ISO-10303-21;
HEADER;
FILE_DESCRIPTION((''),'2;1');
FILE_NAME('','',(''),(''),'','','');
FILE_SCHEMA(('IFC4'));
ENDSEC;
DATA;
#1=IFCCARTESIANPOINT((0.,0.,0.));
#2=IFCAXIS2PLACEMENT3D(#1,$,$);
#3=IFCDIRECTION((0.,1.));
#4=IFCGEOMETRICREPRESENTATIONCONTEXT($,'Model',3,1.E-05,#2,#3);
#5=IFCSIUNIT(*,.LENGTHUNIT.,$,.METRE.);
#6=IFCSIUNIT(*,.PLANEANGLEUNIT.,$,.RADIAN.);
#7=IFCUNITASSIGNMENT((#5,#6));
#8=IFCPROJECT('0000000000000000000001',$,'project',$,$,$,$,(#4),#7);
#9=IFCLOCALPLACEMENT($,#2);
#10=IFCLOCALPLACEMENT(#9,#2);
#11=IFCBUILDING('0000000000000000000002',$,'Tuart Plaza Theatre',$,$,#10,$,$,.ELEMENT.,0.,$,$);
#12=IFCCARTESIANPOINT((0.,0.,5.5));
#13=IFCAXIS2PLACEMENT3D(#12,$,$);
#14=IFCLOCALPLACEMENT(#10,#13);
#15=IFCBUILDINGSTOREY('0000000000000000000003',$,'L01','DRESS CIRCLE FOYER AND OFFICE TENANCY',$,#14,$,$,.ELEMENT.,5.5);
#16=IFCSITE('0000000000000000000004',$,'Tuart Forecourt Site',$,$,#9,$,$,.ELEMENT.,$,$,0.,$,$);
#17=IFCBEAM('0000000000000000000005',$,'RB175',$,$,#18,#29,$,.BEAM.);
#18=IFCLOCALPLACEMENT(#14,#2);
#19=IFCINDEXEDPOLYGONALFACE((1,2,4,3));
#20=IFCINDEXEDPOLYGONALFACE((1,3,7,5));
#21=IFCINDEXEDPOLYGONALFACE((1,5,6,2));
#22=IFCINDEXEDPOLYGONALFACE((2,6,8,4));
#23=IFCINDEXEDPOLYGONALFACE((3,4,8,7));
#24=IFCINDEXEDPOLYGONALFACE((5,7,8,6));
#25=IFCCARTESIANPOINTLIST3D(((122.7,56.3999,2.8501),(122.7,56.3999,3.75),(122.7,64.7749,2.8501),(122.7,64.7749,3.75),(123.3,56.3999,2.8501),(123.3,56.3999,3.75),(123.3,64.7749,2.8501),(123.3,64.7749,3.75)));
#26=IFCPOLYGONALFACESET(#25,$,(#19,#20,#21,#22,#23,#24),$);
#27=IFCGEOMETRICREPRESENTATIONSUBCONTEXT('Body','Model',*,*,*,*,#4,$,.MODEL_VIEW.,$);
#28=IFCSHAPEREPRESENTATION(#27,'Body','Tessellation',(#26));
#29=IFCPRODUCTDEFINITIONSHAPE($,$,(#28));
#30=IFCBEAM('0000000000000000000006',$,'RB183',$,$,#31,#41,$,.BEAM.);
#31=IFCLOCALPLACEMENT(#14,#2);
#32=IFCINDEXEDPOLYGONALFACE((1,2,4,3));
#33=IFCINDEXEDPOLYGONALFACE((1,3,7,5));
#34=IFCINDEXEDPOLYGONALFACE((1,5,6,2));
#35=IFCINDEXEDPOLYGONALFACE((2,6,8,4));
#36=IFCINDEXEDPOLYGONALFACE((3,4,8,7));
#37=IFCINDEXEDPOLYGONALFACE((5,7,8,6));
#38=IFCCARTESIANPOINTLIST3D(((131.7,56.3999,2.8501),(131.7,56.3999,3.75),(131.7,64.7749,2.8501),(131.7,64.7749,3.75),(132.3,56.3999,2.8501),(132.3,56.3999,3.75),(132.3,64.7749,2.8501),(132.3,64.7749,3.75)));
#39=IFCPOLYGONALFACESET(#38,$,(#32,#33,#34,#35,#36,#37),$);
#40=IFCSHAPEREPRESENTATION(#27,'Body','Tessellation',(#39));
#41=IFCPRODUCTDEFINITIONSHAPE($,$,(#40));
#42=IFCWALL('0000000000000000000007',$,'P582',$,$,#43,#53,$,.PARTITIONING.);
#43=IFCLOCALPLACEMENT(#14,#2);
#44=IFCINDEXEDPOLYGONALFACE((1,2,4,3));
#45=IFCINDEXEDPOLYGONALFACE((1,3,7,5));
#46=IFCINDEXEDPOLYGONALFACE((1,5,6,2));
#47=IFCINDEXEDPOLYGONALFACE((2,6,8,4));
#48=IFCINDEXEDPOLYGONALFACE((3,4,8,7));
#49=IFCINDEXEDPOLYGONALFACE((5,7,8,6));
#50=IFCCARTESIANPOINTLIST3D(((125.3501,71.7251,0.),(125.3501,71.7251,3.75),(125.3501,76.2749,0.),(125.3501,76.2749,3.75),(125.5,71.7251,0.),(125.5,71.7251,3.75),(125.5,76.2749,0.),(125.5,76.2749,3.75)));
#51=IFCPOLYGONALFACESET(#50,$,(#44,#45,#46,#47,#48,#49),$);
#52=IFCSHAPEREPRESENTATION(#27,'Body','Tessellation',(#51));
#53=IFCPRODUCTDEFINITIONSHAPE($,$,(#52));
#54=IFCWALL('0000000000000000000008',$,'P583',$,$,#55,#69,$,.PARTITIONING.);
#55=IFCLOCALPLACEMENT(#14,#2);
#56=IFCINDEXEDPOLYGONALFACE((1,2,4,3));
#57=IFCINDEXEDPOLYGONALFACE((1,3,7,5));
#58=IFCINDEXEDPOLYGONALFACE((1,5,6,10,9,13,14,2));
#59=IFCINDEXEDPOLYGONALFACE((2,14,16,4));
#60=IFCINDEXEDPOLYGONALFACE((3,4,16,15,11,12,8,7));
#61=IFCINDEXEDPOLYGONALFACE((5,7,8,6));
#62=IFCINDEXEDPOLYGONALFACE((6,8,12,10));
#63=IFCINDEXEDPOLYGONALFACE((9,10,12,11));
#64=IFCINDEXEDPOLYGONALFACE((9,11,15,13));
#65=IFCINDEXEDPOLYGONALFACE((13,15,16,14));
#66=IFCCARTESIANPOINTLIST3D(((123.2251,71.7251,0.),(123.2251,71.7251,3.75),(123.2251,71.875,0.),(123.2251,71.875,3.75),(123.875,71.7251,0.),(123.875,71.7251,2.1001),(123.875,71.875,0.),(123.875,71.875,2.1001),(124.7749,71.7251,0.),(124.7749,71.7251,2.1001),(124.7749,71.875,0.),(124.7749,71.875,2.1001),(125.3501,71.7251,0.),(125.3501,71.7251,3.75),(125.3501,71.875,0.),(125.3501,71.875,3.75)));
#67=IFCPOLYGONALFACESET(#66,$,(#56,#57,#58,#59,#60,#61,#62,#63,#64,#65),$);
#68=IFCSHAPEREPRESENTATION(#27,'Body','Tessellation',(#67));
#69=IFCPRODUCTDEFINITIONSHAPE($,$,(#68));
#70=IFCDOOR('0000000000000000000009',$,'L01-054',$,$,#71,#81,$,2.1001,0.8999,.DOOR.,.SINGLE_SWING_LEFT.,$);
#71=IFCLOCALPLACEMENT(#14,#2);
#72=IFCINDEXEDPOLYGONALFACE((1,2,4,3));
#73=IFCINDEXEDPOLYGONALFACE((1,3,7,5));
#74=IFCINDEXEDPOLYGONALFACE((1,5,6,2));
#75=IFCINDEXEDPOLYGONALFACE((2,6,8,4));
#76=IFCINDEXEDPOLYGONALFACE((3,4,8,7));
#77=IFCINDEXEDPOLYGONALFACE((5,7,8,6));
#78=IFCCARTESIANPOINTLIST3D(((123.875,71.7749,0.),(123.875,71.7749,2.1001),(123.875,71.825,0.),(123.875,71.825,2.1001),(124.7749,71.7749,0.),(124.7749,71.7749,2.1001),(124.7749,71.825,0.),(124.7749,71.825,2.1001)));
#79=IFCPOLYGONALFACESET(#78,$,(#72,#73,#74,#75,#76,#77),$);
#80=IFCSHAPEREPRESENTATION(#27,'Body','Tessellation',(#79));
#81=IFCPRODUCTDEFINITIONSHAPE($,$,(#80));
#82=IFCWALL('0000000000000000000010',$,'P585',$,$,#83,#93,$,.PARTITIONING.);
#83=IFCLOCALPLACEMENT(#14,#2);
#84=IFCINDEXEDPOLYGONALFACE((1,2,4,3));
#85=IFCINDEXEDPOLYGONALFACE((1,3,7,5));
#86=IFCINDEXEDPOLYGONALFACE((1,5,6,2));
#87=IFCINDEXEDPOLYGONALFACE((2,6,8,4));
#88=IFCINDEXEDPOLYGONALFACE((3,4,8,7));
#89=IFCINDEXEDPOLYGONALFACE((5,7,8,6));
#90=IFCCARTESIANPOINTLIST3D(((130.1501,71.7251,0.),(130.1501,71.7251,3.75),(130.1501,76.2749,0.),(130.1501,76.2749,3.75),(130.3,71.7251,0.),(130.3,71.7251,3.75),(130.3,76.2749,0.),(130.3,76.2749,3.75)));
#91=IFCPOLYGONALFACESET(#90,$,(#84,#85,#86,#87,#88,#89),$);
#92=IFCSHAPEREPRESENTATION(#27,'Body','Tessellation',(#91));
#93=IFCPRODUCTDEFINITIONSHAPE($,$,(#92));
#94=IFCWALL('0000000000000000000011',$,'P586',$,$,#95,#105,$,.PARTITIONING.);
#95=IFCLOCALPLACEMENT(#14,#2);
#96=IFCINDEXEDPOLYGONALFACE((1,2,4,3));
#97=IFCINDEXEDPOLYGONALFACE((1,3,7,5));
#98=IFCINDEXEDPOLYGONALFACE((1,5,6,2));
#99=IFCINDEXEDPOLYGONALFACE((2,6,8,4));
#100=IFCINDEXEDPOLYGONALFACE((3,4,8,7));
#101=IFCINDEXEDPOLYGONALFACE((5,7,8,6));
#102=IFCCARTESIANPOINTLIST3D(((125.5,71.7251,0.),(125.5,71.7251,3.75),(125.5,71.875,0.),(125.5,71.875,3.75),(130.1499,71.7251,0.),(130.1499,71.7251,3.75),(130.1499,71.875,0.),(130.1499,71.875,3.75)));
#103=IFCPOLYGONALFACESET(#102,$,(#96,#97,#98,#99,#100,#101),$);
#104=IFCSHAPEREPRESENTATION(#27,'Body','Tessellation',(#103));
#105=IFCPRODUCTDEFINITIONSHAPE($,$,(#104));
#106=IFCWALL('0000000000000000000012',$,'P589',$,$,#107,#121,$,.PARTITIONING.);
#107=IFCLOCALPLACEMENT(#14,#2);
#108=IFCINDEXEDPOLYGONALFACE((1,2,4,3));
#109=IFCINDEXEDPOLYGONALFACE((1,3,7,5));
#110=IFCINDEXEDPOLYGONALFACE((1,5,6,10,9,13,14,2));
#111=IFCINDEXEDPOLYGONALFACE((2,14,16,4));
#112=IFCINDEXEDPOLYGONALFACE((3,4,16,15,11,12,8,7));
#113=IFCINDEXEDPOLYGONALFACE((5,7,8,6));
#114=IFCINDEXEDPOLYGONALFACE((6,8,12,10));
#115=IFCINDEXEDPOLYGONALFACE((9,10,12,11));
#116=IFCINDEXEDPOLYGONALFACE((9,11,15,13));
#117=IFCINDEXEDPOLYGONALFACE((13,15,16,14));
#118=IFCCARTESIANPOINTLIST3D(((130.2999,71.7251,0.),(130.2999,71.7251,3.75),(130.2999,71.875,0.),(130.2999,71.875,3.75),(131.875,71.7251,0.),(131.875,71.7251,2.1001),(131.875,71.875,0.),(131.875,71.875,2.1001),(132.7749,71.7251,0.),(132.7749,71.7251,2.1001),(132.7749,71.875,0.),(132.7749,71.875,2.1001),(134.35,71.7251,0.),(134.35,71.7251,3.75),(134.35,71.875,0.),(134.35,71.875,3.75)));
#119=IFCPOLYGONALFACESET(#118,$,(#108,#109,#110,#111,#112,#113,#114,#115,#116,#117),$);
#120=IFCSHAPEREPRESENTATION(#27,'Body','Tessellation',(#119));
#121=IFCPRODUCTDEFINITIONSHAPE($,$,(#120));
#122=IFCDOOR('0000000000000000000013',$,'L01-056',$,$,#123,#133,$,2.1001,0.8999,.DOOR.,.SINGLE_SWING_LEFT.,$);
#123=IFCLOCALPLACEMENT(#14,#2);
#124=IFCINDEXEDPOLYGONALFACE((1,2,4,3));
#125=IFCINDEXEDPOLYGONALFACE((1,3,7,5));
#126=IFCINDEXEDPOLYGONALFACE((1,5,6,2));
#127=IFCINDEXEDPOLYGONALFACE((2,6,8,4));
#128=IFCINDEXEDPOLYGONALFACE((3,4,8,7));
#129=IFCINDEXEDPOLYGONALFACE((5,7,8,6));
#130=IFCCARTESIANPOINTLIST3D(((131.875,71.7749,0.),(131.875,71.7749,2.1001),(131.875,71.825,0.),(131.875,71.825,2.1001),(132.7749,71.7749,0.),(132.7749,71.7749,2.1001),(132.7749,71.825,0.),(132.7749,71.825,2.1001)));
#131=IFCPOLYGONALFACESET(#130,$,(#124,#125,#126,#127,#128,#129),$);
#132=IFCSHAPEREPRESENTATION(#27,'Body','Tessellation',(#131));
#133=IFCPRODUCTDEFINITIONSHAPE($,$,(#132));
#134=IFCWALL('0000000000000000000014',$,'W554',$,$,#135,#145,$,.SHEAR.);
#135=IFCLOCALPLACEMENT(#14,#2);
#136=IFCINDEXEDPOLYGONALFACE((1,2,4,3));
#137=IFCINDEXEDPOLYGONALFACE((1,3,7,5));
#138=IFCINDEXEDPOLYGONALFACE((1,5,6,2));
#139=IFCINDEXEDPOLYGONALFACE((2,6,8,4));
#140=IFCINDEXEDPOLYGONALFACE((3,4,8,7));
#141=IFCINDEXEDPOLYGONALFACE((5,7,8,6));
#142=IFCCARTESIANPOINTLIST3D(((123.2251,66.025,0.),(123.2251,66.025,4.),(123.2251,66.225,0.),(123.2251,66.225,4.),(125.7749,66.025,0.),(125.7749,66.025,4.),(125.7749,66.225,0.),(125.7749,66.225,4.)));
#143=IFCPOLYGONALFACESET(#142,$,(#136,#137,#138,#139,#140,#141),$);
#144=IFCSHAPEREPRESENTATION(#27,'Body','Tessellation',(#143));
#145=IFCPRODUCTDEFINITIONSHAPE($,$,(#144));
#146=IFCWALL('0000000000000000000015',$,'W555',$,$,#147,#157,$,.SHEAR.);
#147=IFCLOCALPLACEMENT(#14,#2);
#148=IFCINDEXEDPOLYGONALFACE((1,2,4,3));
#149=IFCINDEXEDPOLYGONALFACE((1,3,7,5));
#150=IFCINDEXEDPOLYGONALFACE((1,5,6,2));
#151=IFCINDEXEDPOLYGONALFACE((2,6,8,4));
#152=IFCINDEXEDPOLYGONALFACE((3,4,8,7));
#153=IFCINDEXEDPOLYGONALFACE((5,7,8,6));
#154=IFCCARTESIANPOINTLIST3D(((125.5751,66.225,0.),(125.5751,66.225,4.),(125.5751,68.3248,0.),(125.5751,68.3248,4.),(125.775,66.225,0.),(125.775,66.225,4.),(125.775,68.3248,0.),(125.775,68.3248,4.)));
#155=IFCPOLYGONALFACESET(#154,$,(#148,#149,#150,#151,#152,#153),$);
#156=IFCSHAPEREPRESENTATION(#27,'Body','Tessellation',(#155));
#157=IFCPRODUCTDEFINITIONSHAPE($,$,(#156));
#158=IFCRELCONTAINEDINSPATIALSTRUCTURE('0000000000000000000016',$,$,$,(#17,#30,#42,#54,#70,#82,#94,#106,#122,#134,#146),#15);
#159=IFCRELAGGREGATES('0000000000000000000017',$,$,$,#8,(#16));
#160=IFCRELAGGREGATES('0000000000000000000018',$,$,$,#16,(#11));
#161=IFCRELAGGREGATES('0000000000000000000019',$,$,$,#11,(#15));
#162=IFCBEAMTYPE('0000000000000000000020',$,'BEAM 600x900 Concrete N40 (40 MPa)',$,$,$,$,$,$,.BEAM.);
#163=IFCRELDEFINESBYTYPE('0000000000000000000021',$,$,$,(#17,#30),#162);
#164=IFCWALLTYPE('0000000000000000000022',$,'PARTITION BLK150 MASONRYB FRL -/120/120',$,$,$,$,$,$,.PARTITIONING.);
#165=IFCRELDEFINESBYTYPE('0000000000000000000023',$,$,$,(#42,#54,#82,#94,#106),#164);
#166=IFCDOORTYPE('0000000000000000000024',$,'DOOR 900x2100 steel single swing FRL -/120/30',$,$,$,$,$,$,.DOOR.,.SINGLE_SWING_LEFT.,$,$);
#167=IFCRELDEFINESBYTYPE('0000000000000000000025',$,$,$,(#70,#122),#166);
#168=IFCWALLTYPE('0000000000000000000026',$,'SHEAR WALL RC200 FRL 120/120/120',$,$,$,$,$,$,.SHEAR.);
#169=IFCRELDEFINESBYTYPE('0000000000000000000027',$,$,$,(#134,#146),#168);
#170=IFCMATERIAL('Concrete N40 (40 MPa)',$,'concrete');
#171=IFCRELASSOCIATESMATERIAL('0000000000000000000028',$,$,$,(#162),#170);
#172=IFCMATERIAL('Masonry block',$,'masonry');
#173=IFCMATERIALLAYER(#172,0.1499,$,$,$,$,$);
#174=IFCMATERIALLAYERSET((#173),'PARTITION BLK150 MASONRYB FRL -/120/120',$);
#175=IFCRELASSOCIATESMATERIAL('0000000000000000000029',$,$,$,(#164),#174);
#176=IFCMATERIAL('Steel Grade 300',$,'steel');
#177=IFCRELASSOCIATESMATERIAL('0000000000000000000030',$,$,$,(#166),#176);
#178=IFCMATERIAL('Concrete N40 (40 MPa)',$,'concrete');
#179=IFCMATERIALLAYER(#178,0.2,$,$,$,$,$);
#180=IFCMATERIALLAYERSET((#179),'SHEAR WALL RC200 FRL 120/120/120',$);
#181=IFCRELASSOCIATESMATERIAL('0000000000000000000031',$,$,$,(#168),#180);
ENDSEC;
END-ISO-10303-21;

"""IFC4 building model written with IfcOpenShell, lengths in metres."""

from ifc_helpers import new_model, si_unit, direction, frame, frame_2d, origin, origin_2d, place, context, subcontext, project, spatial, rectangle, extrude, material, layer, layer_set, material_profile, profile_set, type_object, element, fill, save


model = new_model("IFC4")

# Units and contexts
model_context = context("Model", 3, precision=1e-05, world=origin(), true_north=direction((0.0, 1.0)))
body_context = subcontext(model_context, "Body", "Model", "MODEL_VIEW")
ifc_project = project(units=[si_unit("LENGTHUNIT", "METRE"), si_unit("PLANEANGLEUNIT", "RADIAN")], contexts=[model_context])

# Site, building, storey
site_placement = place(None, origin())
site = spatial("IfcSite", under=ifc_project, at=site_placement, Name="Tuart Forecourt Site", CompositionType="ELEMENT", RefElevation=0.0)
building_placement = place(site_placement, origin())
building = spatial("IfcBuilding", under=site, at=building_placement, Name="Tuart Plaza Theatre", CompositionType="ELEMENT", ElevationOfRefHeight=0.0)
storey_placement = place(building_placement, frame((0.0, 0.0, 5.5)))
storey = spatial("IfcBuildingStorey", under=building, at=storey_placement, Name="L01", Description="DRESS CIRCLE FOYER AND OFFICE TENANCY", CompositionType="ELEMENT", Elevation=5.5)

# Beams
ifc_material_1 = material(Name="Concrete N40 (40 MPa)", Category="concrete")
ifc_material_profile = material_profile(ifc_material_1, rectangle(XDim=0.6001, YDim=0.8999, at=origin_2d()), Name="BEAM 600x900 Concrete N40 (40 MPa)")
ifc_profile_set = profile_set([ifc_material_profile], Name="Concrete N40 (40 MPa)")
beam_type = type_object("IfcBeamType", Name="BEAM 600x900 Concrete N40 (40 MPa)", PredefinedType="BEAM", material=ifc_profile_set)
for number, where, z_axis, x_axis, name in (
    (1, (123.0, 56.3999, 3.3), (0.0, 1.0, 0.0), (-1.0, 0.0, 0.0), "RB175"),
    (2, (132.0, 56.3999, 3.3), (0.0, 1.0, 0.0), (-1.0, 0.0, 0.0), "RB183"),
):
    element("IfcBeam", number, at=place(storey_placement, frame(where, z_axis=z_axis, x_axis=x_axis)), inside=storey, type_object=beam_type, Name=name, PredefinedType="BEAM", context=body_context, shape_type="SweptSolid", body=[
        extrude(rectangle(XDim=0.6001, YDim=0.8999, at=origin_2d()), origin(), (0.0, 0.0, 1.0), 8.375),
    ])

# Wall
ifc_material_2 = material(Name="Masonry block", Category="masonry")
ifc_layer_1 = layer(ifc_material_2, 0.1499)
ifc_layer_set_1 = layer_set([ifc_layer_1], Name="PARTITION BLK150 MASONRYB FRL -/120/120")
wall_type_1 = type_object("IfcWallType", Name="PARTITION BLK150 MASONRYB FRL -/120/120", PredefinedType="PARTITIONING", material=ifc_layer_set_1)
wall_1_placement = place(storey_placement, frame((125.425, 71.7251, 0.0), z_axis=(0.0, 0.0, 1.0), x_axis=(0.0, 1.0, 0.0)))
element("IfcWall", 3, at=wall_1_placement, inside=storey, type_object=wall_type_1, Name="P582", PredefinedType="PARTITIONING", context=body_context, shape_type="SweptSolid", body=[
    extrude(rectangle(XDim=4.5498, YDim=0.1499, at=frame_2d((2.2749, 0.0))), origin(), (0.0, 0.0, 1.0), 3.75),
])

# Wall, opening, door
wall_2_placement = place(storey_placement, frame((123.2251, 71.8, 0.0), z_axis=(0.0, 0.0, 1.0), x_axis=(1.0, 0.0, 0.0)))
wall_2 = element("IfcWall", 4, at=wall_2_placement, inside=storey, type_object=wall_type_1, Name="P583", PredefinedType="PARTITIONING", context=body_context, shape_type="SweptSolid", body=[
    extrude(rectangle(XDim=2.125, YDim=0.1499, at=frame_2d((1.0625, 0.0))), origin(), (0.0, 0.0, 1.0), 3.75),
])
opening_1_placement = place(wall_2_placement, frame((0.6499, 0.0, 0.0)))
opening_1 = element("IfcOpeningElement", 5, at=opening_1_placement, cuts=wall_2, PredefinedType="OPENING", context=body_context, shape_type="SweptSolid", body=[
    extrude(rectangle(XDim=0.8999, YDim=2.1001, at=frame_2d((0.45, 1.05))), frame((0.0, 0.085, 0.0), z_axis=(0.0, -1.0, 0.0), x_axis=(1.0, 0.0, 0.0)), (0.0, 0.0, 1.0), 0.1699),
])
ifc_material_3 = material(Name="Steel Grade 300", Category="steel")
door_type_1 = type_object("IfcDoorType", Name="DOOR 900x2100 steel single swing FRL -/120/30", OperationType="SINGLE_SWING_LEFT", PredefinedType="DOOR", material=ifc_material_3)
door_1_placement = place(opening_1_placement, origin())
door_1 = element("IfcDoor", 6, at=door_1_placement, inside=storey, type_object=door_type_1, Name="L01-054", OperationType="SINGLE_SWING_LEFT", OverallHeight=2.1001, OverallWidth=0.8999, PredefinedType="DOOR", context=body_context, shape_type="SweptSolid", body=[
    extrude(rectangle(XDim=0.8999, YDim=2.1001, at=frame_2d((0.45, 1.05))), frame((0.0, 0.0249, 0.0), z_axis=(0.0, -1.0, 0.0), x_axis=(1.0, 0.0, 0.0)), (0.0, 0.0, 1.0), 0.05),
])
fill(opening_1, door_1)

# Walls
wall_3_placement = place(storey_placement, frame((130.2251, 71.7251, 0.0), z_axis=(0.0, 0.0, 1.0), x_axis=(0.0, 1.0, 0.0)))
element("IfcWall", 7, at=wall_3_placement, inside=storey, type_object=wall_type_1, Name="P585", PredefinedType="PARTITIONING", context=body_context, shape_type="SweptSolid", body=[
    extrude(rectangle(XDim=4.5498, YDim=0.1499, at=frame_2d((2.2749, 0.0))), origin(), (0.0, 0.0, 1.0), 3.75),
])
wall_4_placement = place(storey_placement, frame((125.5, 71.8, 0.0), z_axis=(0.0, 0.0, 1.0), x_axis=(1.0, 0.0, 0.0)))
element("IfcWall", 8, at=wall_4_placement, inside=storey, type_object=wall_type_1, Name="P586", PredefinedType="PARTITIONING", context=body_context, shape_type="SweptSolid", body=[
    extrude(rectangle(XDim=4.6499, YDim=0.1499, at=frame_2d((2.325, 0.0))), origin(), (0.0, 0.0, 1.0), 3.75),
])

# Wall, opening, door
wall_5_placement = place(storey_placement, frame((130.3, 71.8, 0.0), z_axis=(0.0, 0.0, 1.0), x_axis=(1.0, 0.0, 0.0)))
wall_5 = element("IfcWall", 9, at=wall_5_placement, inside=storey, type_object=wall_type_1, Name="P589", PredefinedType="PARTITIONING", context=body_context, shape_type="SweptSolid", body=[
    extrude(rectangle(XDim=4.05, YDim=0.1499, at=frame_2d((2.0249, 0.0))), origin(), (0.0, 0.0, 1.0), 3.75),
])
opening_2_placement = place(wall_5_placement, frame((1.575, 0.0, 0.0)))
opening_2 = element("IfcOpeningElement", 10, at=opening_2_placement, cuts=wall_5, PredefinedType="OPENING", context=body_context, shape_type="SweptSolid", body=[
    extrude(rectangle(XDim=0.8999, YDim=2.1001, at=frame_2d((0.45, 1.05))), frame((0.0, 0.085, 0.0), z_axis=(0.0, -1.0, 0.0), x_axis=(1.0, 0.0, 0.0)), (0.0, 0.0, 1.0), 0.1699),
])
door_2_placement = place(opening_2_placement, origin())
door_2 = element("IfcDoor", 11, at=door_2_placement, inside=storey, type_object=door_type_1, Name="L01-056", OperationType="SINGLE_SWING_LEFT", OverallHeight=2.1001, OverallWidth=0.8999, PredefinedType="DOOR", context=body_context, shape_type="SweptSolid", body=[
    extrude(rectangle(XDim=0.8999, YDim=2.1001, at=frame_2d((0.45, 1.05))), frame((0.0, 0.0249, 0.0), z_axis=(0.0, -1.0, 0.0), x_axis=(1.0, 0.0, 0.0)), (0.0, 0.0, 1.0), 0.05),
])
fill(opening_2, door_2)

# Walls
ifc_material_4 = material(Name="Concrete N40 (40 MPa)", Category="concrete")
ifc_layer_2 = layer(ifc_material_4, 0.2)
ifc_layer_set_2 = layer_set([ifc_layer_2], Name="SHEAR WALL RC200 FRL 120/120/120")
wall_type_2 = type_object("IfcWallType", Name="SHEAR WALL RC200 FRL 120/120/120", PredefinedType="SHEAR", material=ifc_layer_set_2)
wall_6_placement = place(storey_placement, frame((123.2251, 66.125, 0.0), z_axis=(0.0, 0.0, 1.0), x_axis=(1.0, 0.0, 0.0)))
element("IfcWall", 12, at=wall_6_placement, inside=storey, type_object=wall_type_2, Name="W554", PredefinedType="SHEAR", context=body_context, shape_type="SweptSolid", body=[
    extrude(rectangle(XDim=2.5498, YDim=0.2, at=frame_2d((1.2749, 0.0))), origin(), (0.0, 0.0, 1.0), 4.0),
])
wall_7_placement = place(storey_placement, frame((125.675, 66.2251, 0.0), z_axis=(0.0, 0.0, 1.0), x_axis=(0.0, 1.0, 0.0)))
element("IfcWall", 13, at=wall_7_placement, inside=storey, type_object=wall_type_2, Name="W555", PredefinedType="SHEAR", context=body_context, shape_type="SweptSolid", body=[
    extrude(rectangle(XDim=2.0999, YDim=0.2, at=frame_2d((1.0498, 0.0))), origin(), (0.0, 0.0, 1.0), 4.0),
])

save(model, "model.ifc")
